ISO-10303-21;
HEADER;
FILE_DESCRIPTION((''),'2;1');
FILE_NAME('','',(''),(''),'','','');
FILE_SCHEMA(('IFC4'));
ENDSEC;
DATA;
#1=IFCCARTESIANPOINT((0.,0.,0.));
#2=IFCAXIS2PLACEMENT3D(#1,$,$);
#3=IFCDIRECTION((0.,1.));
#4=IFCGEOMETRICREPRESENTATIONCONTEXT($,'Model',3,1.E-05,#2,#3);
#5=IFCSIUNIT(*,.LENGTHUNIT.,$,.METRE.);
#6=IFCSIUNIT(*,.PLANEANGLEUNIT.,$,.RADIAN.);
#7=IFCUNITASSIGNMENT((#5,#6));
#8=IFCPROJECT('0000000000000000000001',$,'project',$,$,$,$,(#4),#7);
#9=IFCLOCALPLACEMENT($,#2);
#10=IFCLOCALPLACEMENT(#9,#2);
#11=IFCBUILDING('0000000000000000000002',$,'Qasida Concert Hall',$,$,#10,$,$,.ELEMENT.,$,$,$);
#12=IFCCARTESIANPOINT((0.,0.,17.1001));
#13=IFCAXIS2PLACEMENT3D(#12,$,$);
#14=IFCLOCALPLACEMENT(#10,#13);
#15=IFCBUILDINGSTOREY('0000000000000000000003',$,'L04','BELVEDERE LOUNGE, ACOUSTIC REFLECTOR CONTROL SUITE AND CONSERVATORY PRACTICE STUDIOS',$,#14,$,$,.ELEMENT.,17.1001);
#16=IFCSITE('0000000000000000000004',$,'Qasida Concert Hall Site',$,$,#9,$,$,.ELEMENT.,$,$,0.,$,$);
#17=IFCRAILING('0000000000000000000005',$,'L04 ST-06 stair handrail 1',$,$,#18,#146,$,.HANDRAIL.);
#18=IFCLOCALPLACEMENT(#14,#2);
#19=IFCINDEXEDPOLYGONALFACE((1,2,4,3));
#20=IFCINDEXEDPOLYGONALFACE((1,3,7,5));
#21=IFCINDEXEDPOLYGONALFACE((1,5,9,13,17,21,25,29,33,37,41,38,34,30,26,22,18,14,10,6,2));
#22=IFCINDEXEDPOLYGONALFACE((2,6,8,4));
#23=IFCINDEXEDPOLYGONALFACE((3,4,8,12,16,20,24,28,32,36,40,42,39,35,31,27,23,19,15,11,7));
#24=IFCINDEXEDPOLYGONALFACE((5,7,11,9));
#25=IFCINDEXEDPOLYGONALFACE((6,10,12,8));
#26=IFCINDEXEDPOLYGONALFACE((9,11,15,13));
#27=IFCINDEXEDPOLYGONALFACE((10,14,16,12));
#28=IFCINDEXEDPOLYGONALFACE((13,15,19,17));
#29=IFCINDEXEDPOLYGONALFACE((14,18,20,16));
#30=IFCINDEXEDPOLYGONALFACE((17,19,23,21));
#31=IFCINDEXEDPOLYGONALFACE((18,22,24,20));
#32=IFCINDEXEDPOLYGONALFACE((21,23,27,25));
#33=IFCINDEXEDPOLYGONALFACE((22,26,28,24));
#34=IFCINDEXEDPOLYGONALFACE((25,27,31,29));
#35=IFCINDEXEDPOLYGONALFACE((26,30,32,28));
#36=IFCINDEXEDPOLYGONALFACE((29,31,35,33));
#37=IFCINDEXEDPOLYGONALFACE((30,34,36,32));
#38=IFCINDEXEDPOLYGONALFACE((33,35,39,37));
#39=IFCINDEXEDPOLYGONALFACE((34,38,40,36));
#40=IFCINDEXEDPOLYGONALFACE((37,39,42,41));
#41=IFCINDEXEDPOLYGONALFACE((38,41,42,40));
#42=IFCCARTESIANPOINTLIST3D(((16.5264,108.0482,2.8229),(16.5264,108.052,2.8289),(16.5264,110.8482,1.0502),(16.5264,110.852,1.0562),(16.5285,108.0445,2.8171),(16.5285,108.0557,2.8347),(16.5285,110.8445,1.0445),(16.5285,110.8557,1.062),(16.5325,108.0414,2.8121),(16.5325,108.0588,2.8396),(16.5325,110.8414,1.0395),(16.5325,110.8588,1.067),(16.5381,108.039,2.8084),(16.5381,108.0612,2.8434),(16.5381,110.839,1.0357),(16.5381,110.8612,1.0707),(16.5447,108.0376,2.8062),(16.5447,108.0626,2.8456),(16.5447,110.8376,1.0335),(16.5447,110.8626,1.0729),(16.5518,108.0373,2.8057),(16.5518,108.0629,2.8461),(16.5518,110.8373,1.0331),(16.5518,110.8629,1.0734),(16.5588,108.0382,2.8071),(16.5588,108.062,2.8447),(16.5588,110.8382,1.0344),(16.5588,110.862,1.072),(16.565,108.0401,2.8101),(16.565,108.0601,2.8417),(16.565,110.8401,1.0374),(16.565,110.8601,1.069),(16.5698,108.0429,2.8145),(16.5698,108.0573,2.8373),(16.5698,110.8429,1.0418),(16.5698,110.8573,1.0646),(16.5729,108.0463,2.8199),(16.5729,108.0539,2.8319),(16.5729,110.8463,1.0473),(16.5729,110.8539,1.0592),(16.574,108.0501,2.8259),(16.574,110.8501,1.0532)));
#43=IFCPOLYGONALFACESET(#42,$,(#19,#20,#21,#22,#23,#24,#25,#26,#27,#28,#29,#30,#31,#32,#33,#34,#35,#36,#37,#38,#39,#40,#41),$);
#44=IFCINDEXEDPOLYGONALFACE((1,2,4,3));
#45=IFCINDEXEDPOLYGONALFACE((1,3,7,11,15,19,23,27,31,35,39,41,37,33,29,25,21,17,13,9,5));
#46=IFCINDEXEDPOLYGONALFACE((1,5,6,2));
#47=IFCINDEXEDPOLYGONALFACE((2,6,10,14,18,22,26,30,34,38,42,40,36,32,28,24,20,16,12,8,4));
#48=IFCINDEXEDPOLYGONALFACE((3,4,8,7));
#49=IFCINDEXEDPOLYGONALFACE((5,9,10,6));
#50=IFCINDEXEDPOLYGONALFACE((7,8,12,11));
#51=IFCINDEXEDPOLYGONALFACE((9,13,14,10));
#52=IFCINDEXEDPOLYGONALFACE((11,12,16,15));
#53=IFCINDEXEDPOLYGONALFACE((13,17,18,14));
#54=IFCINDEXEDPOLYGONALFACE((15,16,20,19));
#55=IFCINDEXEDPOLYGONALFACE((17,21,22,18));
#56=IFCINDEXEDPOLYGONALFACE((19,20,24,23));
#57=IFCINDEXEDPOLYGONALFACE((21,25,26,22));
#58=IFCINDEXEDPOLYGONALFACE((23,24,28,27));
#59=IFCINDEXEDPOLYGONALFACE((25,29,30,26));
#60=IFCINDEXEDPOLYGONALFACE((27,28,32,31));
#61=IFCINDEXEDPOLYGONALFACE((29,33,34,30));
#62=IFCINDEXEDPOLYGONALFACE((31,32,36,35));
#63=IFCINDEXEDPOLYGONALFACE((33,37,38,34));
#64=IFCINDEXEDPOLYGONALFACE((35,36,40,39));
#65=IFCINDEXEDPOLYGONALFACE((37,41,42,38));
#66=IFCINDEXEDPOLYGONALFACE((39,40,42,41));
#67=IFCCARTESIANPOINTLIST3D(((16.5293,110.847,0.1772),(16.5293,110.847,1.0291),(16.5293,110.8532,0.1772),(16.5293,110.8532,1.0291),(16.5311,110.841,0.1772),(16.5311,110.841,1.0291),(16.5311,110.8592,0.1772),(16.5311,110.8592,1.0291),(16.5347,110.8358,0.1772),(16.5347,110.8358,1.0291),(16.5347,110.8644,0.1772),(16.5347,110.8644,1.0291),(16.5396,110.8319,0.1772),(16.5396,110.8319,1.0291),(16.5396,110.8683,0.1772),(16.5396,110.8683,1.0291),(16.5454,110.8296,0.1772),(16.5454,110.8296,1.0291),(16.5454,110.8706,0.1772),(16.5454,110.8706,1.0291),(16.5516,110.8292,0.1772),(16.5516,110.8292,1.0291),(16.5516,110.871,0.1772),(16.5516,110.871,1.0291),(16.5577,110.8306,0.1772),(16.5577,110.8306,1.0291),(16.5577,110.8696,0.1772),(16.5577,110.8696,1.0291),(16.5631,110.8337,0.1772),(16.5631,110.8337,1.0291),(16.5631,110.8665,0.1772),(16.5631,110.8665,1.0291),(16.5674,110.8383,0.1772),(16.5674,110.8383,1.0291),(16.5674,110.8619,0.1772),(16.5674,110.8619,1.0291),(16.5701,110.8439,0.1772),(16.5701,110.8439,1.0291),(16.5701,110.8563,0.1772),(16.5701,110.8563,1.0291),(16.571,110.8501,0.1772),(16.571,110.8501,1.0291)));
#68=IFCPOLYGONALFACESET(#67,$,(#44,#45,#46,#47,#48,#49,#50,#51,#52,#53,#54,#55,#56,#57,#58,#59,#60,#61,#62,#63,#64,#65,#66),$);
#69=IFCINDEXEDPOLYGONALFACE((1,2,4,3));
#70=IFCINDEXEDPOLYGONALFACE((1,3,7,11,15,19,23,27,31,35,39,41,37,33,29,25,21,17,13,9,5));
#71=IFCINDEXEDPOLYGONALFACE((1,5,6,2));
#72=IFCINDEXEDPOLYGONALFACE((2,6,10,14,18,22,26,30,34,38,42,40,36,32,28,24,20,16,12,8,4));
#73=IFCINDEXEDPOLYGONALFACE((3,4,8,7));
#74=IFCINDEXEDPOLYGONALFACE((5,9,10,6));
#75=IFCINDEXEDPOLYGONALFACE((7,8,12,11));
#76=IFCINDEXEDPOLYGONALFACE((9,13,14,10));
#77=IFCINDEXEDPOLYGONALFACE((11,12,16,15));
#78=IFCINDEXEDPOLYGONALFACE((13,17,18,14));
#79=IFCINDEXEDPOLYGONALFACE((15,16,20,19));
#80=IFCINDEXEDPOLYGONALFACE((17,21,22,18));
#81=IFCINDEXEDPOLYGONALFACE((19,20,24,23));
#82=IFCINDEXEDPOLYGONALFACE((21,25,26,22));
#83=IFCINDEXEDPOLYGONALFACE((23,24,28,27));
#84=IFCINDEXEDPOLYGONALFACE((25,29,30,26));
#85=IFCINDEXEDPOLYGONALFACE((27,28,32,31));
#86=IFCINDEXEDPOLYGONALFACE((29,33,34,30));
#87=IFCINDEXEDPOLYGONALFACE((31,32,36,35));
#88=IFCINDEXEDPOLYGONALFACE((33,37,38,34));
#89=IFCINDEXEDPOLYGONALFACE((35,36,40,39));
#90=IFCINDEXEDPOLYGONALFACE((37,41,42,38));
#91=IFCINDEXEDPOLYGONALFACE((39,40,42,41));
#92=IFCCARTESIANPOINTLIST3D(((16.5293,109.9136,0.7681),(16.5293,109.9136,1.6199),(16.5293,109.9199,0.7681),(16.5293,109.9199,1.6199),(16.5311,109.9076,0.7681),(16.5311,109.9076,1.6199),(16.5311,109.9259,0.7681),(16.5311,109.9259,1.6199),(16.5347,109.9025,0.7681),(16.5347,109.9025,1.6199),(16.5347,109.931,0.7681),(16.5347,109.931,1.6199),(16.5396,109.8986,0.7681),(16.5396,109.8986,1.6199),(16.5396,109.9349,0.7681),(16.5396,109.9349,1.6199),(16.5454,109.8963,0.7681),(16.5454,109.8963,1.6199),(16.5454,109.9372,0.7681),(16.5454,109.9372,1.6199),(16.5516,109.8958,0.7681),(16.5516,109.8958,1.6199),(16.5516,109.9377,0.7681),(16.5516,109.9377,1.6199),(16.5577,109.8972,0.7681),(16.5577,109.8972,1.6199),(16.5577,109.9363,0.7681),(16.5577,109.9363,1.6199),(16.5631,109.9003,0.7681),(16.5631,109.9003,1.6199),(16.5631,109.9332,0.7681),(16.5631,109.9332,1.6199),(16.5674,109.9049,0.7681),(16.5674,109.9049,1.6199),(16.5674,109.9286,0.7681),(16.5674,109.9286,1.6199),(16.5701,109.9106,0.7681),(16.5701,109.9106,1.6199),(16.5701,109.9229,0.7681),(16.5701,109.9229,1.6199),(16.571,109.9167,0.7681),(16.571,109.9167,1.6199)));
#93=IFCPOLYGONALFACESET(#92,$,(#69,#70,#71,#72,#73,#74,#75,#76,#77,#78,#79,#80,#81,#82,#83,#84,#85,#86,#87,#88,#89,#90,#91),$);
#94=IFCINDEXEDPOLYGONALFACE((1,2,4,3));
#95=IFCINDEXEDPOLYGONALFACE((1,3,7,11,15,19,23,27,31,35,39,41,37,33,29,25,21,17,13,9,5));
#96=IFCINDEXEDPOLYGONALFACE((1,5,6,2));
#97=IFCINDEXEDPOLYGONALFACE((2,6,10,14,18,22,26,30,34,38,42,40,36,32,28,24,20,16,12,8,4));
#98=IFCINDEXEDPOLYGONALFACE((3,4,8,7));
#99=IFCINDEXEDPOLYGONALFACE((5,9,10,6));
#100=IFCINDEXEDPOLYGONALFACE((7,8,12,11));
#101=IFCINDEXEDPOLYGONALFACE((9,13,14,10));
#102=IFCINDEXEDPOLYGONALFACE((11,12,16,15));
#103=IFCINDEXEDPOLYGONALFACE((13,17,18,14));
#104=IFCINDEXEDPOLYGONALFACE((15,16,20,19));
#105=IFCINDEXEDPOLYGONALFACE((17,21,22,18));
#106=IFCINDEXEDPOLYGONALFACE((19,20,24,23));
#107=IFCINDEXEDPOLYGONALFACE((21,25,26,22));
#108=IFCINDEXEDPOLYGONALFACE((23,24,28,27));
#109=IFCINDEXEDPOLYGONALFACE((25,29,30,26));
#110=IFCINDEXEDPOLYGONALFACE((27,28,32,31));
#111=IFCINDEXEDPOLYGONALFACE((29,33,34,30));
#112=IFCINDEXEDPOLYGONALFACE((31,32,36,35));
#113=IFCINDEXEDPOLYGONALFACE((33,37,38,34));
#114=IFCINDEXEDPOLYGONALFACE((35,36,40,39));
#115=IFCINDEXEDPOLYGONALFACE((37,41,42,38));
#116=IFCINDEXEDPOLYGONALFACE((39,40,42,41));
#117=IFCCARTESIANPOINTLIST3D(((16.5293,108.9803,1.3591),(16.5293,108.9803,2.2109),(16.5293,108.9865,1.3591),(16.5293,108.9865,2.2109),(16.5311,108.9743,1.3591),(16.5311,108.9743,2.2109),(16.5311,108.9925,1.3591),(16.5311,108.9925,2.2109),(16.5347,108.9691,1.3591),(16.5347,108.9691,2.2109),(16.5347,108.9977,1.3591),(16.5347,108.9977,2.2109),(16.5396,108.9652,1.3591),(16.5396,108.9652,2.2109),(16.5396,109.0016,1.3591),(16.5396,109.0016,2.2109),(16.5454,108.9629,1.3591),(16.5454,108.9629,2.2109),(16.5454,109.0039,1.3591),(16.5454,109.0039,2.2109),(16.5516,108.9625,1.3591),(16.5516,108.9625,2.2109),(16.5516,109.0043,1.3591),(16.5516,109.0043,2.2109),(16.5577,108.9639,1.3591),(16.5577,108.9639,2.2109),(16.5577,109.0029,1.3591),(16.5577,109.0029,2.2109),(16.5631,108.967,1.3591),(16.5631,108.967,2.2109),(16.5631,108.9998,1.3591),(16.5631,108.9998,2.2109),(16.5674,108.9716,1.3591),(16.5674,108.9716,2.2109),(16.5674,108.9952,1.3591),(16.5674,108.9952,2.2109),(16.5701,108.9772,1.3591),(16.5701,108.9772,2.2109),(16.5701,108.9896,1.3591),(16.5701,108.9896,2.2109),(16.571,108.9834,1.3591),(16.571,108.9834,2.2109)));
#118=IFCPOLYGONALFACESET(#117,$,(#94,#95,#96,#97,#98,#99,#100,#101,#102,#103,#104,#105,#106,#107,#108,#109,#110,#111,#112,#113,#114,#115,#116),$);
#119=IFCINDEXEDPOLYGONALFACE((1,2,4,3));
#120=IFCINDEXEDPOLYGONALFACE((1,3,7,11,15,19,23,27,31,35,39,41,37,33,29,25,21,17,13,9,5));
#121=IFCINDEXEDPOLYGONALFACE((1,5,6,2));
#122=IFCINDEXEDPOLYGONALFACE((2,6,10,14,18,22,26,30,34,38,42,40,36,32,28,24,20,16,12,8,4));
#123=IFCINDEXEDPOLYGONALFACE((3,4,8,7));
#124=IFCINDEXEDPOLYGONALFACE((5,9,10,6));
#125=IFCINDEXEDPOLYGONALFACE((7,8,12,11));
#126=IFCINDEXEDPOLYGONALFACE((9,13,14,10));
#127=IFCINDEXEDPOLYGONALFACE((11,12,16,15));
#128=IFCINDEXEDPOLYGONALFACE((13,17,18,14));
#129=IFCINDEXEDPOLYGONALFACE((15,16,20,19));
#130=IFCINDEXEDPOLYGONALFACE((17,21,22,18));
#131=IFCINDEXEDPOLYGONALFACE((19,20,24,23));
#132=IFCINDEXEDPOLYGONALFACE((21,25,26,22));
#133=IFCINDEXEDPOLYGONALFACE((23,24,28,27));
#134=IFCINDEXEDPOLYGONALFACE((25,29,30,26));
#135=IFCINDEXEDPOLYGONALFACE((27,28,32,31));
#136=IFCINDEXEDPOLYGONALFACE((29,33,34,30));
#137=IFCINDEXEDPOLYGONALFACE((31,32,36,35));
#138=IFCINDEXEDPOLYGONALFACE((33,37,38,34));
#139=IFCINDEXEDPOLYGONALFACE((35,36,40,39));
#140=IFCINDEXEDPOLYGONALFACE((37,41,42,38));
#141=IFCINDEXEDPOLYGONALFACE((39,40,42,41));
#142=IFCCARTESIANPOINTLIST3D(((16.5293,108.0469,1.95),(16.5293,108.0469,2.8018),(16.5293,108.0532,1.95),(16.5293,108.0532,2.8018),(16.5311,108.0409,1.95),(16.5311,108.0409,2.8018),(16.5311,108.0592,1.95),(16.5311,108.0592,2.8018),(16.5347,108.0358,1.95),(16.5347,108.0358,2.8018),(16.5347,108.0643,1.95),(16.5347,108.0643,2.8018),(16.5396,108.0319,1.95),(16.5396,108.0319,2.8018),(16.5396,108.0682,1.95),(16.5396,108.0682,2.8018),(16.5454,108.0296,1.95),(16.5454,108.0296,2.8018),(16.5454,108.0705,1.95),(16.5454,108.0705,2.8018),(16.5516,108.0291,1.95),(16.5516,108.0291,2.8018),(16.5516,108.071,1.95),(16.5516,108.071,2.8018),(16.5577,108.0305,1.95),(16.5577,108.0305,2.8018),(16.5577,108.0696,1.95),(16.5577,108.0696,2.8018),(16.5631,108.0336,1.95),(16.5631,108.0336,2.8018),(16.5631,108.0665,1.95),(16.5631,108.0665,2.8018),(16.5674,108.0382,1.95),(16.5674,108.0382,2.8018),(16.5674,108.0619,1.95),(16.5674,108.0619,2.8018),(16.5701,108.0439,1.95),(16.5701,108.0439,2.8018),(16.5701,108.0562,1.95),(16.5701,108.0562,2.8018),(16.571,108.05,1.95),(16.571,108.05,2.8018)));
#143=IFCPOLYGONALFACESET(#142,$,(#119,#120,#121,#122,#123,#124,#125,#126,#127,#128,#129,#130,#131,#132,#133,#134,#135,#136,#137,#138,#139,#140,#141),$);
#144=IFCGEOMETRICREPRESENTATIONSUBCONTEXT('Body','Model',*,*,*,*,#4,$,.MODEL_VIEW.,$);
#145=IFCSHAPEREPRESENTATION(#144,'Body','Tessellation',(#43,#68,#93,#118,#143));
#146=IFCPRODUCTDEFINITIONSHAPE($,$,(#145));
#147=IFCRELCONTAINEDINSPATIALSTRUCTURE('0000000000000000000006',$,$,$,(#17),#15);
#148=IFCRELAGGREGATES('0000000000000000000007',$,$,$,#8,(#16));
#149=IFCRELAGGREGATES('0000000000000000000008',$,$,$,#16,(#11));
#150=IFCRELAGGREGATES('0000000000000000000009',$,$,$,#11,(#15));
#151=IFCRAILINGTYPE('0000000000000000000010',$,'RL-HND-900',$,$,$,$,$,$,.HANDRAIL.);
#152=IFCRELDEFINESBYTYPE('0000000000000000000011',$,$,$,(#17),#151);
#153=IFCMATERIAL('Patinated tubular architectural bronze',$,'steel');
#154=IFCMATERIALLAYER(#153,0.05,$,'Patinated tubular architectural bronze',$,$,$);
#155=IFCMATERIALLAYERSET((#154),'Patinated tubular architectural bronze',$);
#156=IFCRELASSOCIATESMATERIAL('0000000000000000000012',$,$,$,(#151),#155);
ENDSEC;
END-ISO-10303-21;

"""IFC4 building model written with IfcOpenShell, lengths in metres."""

from ifc_helpers import new_model, si_unit, direction, frame, origin, origin_2d, place, context, subcontext, project, spatial, circle, extrude, material, layer, layer_set, type_object, element, save


model = new_model("IFC4")

# Units and contexts
model_context = context("Model", 3, precision=1e-05, world=origin(), true_north=direction((0.0, 1.0)))
body_context = subcontext(model_context, "Body", "Model", "MODEL_VIEW")
ifc_project = project(units=[si_unit("LENGTHUNIT", "METRE"), si_unit("PLANEANGLEUNIT", "RADIAN")], contexts=[model_context])

# Site, building, storey
site_placement = place(None, origin())
site = spatial("IfcSite", under=ifc_project, at=site_placement, Name="Qasida Concert Hall Site", CompositionType="ELEMENT", RefElevation=0.0)
building_placement = place(site_placement, origin())
building = spatial("IfcBuilding", under=site, at=building_placement, Name="Qasida Concert Hall", CompositionType="ELEMENT")
storey_placement = place(building_placement, frame((0.0, 0.0, 17.1001)))
storey = spatial("IfcBuildingStorey", under=building, at=storey_placement, Name="L04", Description="BELVEDERE LOUNGE, ACOUSTIC REFLECTOR CONTROL SUITE AND CONSERVATORY PRACTICE STUDIOS", CompositionType="ELEMENT", Elevation=17.1001)

# Railing
ifc_material_1 = material(Name="Patinated tubular architectural bronze", Category="steel")
ifc_layer_1 = layer(ifc_material_1, 0.05, Name="Patinated tubular architectural bronze")
ifc_layer_set_1 = layer_set([ifc_layer_1], Name="Patinated tubular architectural bronze")
railing_type_1 = type_object("IfcRailingType", Name="RL-HND-900", PredefinedType="HANDRAIL", material=ifc_layer_set_1)
railing_1_placement = place(storey_placement, frame((16.55, 110.8501, 0.1772)))
element("IfcRailing", 1, at=railing_1_placement, inside=storey, type_object=railing_type_1, Name="L04 ST-06 stair handrail 1", PredefinedType="HANDRAIL", context=body_context, shape_type="SweptSolid", body=[
    extrude(circle(Radius=0.0239, at=origin_2d()), frame((0.0, 0.0, 0.876), z_axis=(0.0, -0.844909, 0.53491), x_axis=(1.0, 0.0, 0.0)), (0.0, 0.0, 1.0), 3.314),
    extrude(circle(Radius=0.021, at=origin_2d()), origin(), (0.0, 0.0, 1.0), 0.8518),
    extrude(circle(Radius=0.021, at=origin_2d()), frame((0.0, -0.9333, 0.5908)), (0.0, 0.0, 1.0), 0.8518),
    extrude(circle(Radius=0.021, at=origin_2d()), frame((0.0, -1.8667, 1.1819)), (0.0, 0.0, 1.0), 0.8518),
    extrude(circle(Radius=0.021, at=origin_2d()), frame((0.0, -2.8, 1.7727)), (0.0, 0.0, 1.0), 0.8518),
])

save(model, "model.ifc")
